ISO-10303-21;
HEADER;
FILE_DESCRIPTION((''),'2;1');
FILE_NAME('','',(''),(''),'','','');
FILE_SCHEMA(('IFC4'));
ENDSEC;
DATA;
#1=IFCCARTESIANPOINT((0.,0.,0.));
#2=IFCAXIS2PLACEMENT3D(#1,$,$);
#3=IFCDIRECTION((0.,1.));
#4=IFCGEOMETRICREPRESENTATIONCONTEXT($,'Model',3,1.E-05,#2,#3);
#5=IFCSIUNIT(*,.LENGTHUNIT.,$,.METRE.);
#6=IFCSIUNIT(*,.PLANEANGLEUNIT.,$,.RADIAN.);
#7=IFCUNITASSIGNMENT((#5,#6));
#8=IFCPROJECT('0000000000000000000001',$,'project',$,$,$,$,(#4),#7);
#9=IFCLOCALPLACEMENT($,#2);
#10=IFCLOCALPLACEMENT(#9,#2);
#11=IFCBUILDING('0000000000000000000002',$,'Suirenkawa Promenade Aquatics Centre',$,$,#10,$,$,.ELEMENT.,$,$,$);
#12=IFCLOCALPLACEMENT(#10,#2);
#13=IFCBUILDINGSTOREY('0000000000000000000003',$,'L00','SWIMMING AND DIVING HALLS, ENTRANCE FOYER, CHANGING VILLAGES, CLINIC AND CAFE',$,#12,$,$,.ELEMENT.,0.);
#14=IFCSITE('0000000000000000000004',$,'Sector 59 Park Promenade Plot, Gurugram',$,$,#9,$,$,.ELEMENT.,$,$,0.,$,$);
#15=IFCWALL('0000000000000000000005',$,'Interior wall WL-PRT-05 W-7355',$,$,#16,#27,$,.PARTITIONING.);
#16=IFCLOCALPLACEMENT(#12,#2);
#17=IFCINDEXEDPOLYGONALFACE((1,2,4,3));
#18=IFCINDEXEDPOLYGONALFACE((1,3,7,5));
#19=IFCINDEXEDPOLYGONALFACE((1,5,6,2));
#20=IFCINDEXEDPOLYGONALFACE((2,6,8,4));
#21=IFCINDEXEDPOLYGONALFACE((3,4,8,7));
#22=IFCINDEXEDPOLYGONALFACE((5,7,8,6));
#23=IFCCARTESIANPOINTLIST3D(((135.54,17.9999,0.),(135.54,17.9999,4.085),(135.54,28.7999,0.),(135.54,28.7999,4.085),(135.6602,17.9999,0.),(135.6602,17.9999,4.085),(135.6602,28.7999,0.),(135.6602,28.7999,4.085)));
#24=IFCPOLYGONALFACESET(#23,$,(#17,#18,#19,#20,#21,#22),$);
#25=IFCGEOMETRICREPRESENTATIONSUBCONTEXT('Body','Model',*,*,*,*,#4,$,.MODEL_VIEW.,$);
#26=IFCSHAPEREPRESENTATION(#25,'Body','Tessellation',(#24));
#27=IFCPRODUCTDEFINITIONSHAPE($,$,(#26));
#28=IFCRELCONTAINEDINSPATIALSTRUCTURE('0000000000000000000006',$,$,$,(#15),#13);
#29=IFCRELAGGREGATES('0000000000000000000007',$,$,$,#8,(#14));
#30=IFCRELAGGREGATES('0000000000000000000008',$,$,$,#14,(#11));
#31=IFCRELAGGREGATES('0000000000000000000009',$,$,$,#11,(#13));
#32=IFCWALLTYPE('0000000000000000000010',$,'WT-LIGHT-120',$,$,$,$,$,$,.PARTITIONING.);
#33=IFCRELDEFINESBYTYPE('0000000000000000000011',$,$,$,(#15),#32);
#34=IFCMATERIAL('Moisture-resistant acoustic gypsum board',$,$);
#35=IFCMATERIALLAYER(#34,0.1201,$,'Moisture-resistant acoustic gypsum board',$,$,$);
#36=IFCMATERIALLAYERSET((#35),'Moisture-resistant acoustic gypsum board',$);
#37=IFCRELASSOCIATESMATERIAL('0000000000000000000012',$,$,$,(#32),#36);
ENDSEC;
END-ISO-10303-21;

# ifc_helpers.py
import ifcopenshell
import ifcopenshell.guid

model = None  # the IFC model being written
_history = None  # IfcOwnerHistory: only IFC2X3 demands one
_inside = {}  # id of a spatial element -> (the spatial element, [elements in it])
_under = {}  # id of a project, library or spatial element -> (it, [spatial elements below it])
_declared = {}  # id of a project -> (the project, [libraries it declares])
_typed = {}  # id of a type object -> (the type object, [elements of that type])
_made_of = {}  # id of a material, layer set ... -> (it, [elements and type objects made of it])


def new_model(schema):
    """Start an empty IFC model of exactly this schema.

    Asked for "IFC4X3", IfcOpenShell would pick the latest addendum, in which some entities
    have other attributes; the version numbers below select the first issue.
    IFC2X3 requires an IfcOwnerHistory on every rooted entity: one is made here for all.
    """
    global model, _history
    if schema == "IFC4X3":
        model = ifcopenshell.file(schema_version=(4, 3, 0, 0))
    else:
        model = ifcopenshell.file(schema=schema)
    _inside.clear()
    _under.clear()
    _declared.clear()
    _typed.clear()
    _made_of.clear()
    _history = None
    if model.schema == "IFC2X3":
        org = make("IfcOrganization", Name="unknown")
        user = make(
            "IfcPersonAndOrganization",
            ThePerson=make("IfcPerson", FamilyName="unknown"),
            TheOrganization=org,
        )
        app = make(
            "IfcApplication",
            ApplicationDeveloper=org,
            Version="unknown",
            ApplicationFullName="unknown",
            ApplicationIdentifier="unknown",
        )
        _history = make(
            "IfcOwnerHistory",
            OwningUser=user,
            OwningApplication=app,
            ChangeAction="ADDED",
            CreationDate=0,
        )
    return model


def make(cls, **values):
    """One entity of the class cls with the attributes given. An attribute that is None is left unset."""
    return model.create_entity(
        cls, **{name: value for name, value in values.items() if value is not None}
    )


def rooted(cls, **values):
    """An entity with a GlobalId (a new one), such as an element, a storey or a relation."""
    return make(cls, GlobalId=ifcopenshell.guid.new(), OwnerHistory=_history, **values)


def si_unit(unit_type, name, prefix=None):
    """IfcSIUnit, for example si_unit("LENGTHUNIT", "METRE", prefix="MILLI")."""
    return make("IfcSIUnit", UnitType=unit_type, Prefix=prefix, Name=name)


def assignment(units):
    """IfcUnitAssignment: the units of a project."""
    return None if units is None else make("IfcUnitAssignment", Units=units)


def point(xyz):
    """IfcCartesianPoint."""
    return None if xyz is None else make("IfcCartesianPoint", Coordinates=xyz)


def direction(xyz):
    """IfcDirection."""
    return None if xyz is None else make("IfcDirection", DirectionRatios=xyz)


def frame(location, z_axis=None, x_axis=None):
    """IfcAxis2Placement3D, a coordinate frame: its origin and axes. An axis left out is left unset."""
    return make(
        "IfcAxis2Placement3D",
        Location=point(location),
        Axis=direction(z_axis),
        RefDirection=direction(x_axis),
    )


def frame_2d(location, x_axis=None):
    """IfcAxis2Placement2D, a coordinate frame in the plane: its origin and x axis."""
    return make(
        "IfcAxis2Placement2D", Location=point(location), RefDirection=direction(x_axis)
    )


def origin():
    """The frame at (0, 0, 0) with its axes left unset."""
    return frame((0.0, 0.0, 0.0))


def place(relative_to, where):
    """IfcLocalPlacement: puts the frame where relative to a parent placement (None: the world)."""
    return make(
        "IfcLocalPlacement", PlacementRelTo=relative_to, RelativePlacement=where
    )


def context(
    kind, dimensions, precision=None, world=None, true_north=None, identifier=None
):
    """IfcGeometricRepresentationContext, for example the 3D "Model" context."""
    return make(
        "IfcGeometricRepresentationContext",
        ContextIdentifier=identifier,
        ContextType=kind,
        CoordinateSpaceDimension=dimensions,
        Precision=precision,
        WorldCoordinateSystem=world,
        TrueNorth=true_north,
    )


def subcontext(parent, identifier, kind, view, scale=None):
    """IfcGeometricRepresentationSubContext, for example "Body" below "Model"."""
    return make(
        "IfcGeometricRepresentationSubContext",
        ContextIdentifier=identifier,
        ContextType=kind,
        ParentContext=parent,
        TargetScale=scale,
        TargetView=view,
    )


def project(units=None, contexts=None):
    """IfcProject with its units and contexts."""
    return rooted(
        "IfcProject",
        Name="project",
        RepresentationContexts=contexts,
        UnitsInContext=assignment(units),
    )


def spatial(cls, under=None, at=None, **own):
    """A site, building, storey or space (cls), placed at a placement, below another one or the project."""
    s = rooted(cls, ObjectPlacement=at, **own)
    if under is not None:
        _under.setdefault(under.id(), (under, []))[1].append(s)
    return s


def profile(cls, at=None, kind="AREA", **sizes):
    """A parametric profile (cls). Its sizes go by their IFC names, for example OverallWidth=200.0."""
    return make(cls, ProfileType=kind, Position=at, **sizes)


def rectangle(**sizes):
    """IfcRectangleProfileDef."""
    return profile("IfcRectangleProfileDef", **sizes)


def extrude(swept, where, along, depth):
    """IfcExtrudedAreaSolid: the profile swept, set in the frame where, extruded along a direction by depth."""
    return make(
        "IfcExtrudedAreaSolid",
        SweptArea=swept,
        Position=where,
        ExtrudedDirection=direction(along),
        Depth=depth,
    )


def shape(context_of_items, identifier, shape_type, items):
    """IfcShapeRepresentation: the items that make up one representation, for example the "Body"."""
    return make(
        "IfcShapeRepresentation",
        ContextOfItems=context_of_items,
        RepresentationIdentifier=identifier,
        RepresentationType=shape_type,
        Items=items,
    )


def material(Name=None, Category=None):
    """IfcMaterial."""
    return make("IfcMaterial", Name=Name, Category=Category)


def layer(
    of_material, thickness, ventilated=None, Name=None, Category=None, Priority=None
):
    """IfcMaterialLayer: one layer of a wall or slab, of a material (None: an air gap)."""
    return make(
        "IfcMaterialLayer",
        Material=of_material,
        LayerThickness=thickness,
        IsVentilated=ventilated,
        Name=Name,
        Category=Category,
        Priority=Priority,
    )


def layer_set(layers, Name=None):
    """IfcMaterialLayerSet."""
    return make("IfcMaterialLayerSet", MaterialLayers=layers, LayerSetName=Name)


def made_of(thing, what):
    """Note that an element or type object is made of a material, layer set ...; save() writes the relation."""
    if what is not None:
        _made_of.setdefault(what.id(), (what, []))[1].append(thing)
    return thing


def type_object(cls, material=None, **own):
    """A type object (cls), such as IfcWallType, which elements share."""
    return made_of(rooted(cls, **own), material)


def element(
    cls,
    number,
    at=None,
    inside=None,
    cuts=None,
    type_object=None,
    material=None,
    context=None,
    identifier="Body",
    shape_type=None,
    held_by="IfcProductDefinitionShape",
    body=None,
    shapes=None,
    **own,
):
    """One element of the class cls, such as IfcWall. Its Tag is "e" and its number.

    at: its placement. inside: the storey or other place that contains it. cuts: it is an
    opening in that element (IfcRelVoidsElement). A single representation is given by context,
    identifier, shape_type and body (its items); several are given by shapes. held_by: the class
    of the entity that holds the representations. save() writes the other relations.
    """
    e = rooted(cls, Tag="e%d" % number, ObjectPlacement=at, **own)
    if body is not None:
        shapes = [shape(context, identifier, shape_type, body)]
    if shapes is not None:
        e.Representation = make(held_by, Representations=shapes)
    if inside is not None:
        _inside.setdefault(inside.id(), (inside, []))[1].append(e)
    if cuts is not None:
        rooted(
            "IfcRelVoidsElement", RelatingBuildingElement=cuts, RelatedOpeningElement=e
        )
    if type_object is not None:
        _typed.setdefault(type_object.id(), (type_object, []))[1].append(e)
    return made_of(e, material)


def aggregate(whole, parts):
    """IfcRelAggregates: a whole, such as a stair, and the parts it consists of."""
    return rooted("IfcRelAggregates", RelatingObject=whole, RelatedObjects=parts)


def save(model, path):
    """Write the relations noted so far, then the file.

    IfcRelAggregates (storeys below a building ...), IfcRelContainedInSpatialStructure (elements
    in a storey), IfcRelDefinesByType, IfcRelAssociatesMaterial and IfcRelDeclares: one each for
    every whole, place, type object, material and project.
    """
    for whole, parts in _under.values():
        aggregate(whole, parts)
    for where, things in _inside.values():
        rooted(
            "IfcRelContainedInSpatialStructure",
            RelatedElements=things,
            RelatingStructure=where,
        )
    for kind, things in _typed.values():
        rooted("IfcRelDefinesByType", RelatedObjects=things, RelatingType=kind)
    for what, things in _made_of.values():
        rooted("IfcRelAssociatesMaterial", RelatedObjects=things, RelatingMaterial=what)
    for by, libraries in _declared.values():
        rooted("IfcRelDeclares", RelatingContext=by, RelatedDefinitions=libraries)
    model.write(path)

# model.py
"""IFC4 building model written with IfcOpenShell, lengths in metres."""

from ifc_helpers import new_model, si_unit, direction, frame, frame_2d, origin, place, context, subcontext, project, spatial, rectangle, extrude, material, layer, layer_set, type_object, element, save


model = new_model("IFC4")

# Units and contexts
model_context = context("Model", 3, precision=1e-05, world=origin(), true_north=direction((0.0, 1.0)))
body_context = subcontext(model_context, "Body", "Model", "MODEL_VIEW")
ifc_project = project(units=[si_unit("LENGTHUNIT", "METRE"), si_unit("PLANEANGLEUNIT", "RADIAN")], contexts=[model_context])

# Site, building, storey
site_placement = place(None, origin())
site = spatial("IfcSite", under=ifc_project, at=site_placement, Name="Sector 59 Park Promenade Plot, Gurugram", CompositionType="ELEMENT", RefElevation=0.0)
building_placement = place(site_placement, origin())
building = spatial("IfcBuilding", under=site, at=building_placement, Name="Suirenkawa Promenade Aquatics Centre", CompositionType="ELEMENT")
storey_placement = place(building_placement, origin())
storey = spatial("IfcBuildingStorey", under=building, at=storey_placement, Name="L00", Description="SWIMMING AND DIVING HALLS, ENTRANCE FOYER, CHANGING VILLAGES, CLINIC AND CAFE", CompositionType="ELEMENT", Elevation=0.0)

# Wall
ifc_material_1 = material(Name="Moisture-resistant acoustic gypsum board")
ifc_layer_1 = layer(ifc_material_1, 0.1201, Name="Moisture-resistant acoustic gypsum board")
ifc_layer_set_1 = layer_set([ifc_layer_1], Name="Moisture-resistant acoustic gypsum board")
wall_type_1 = type_object("IfcWallType", Name="WT-LIGHT-120", PredefinedType="PARTITIONING", material=ifc_layer_set_1)
wall_1_placement = place(storey_placement, frame((135.6001, 18.0, 0.0), z_axis=(0.0, 0.0, 1.0), x_axis=(0.0, 1.0, 0.0)))
element("IfcWall", 1, at=wall_1_placement, inside=storey, type_object=wall_type_1, Name="Interior wall WL-PRT-05 W-7355", PredefinedType="PARTITIONING", context=body_context, shape_type="SweptSolid", body=[
    extrude(rectangle(XDim=10.8, YDim=0.1201, at=frame_2d((5.3999, 0.0))), origin(), (0.0, 0.0, 1.0), 4.085),
])

save(model, "model.ifc")
